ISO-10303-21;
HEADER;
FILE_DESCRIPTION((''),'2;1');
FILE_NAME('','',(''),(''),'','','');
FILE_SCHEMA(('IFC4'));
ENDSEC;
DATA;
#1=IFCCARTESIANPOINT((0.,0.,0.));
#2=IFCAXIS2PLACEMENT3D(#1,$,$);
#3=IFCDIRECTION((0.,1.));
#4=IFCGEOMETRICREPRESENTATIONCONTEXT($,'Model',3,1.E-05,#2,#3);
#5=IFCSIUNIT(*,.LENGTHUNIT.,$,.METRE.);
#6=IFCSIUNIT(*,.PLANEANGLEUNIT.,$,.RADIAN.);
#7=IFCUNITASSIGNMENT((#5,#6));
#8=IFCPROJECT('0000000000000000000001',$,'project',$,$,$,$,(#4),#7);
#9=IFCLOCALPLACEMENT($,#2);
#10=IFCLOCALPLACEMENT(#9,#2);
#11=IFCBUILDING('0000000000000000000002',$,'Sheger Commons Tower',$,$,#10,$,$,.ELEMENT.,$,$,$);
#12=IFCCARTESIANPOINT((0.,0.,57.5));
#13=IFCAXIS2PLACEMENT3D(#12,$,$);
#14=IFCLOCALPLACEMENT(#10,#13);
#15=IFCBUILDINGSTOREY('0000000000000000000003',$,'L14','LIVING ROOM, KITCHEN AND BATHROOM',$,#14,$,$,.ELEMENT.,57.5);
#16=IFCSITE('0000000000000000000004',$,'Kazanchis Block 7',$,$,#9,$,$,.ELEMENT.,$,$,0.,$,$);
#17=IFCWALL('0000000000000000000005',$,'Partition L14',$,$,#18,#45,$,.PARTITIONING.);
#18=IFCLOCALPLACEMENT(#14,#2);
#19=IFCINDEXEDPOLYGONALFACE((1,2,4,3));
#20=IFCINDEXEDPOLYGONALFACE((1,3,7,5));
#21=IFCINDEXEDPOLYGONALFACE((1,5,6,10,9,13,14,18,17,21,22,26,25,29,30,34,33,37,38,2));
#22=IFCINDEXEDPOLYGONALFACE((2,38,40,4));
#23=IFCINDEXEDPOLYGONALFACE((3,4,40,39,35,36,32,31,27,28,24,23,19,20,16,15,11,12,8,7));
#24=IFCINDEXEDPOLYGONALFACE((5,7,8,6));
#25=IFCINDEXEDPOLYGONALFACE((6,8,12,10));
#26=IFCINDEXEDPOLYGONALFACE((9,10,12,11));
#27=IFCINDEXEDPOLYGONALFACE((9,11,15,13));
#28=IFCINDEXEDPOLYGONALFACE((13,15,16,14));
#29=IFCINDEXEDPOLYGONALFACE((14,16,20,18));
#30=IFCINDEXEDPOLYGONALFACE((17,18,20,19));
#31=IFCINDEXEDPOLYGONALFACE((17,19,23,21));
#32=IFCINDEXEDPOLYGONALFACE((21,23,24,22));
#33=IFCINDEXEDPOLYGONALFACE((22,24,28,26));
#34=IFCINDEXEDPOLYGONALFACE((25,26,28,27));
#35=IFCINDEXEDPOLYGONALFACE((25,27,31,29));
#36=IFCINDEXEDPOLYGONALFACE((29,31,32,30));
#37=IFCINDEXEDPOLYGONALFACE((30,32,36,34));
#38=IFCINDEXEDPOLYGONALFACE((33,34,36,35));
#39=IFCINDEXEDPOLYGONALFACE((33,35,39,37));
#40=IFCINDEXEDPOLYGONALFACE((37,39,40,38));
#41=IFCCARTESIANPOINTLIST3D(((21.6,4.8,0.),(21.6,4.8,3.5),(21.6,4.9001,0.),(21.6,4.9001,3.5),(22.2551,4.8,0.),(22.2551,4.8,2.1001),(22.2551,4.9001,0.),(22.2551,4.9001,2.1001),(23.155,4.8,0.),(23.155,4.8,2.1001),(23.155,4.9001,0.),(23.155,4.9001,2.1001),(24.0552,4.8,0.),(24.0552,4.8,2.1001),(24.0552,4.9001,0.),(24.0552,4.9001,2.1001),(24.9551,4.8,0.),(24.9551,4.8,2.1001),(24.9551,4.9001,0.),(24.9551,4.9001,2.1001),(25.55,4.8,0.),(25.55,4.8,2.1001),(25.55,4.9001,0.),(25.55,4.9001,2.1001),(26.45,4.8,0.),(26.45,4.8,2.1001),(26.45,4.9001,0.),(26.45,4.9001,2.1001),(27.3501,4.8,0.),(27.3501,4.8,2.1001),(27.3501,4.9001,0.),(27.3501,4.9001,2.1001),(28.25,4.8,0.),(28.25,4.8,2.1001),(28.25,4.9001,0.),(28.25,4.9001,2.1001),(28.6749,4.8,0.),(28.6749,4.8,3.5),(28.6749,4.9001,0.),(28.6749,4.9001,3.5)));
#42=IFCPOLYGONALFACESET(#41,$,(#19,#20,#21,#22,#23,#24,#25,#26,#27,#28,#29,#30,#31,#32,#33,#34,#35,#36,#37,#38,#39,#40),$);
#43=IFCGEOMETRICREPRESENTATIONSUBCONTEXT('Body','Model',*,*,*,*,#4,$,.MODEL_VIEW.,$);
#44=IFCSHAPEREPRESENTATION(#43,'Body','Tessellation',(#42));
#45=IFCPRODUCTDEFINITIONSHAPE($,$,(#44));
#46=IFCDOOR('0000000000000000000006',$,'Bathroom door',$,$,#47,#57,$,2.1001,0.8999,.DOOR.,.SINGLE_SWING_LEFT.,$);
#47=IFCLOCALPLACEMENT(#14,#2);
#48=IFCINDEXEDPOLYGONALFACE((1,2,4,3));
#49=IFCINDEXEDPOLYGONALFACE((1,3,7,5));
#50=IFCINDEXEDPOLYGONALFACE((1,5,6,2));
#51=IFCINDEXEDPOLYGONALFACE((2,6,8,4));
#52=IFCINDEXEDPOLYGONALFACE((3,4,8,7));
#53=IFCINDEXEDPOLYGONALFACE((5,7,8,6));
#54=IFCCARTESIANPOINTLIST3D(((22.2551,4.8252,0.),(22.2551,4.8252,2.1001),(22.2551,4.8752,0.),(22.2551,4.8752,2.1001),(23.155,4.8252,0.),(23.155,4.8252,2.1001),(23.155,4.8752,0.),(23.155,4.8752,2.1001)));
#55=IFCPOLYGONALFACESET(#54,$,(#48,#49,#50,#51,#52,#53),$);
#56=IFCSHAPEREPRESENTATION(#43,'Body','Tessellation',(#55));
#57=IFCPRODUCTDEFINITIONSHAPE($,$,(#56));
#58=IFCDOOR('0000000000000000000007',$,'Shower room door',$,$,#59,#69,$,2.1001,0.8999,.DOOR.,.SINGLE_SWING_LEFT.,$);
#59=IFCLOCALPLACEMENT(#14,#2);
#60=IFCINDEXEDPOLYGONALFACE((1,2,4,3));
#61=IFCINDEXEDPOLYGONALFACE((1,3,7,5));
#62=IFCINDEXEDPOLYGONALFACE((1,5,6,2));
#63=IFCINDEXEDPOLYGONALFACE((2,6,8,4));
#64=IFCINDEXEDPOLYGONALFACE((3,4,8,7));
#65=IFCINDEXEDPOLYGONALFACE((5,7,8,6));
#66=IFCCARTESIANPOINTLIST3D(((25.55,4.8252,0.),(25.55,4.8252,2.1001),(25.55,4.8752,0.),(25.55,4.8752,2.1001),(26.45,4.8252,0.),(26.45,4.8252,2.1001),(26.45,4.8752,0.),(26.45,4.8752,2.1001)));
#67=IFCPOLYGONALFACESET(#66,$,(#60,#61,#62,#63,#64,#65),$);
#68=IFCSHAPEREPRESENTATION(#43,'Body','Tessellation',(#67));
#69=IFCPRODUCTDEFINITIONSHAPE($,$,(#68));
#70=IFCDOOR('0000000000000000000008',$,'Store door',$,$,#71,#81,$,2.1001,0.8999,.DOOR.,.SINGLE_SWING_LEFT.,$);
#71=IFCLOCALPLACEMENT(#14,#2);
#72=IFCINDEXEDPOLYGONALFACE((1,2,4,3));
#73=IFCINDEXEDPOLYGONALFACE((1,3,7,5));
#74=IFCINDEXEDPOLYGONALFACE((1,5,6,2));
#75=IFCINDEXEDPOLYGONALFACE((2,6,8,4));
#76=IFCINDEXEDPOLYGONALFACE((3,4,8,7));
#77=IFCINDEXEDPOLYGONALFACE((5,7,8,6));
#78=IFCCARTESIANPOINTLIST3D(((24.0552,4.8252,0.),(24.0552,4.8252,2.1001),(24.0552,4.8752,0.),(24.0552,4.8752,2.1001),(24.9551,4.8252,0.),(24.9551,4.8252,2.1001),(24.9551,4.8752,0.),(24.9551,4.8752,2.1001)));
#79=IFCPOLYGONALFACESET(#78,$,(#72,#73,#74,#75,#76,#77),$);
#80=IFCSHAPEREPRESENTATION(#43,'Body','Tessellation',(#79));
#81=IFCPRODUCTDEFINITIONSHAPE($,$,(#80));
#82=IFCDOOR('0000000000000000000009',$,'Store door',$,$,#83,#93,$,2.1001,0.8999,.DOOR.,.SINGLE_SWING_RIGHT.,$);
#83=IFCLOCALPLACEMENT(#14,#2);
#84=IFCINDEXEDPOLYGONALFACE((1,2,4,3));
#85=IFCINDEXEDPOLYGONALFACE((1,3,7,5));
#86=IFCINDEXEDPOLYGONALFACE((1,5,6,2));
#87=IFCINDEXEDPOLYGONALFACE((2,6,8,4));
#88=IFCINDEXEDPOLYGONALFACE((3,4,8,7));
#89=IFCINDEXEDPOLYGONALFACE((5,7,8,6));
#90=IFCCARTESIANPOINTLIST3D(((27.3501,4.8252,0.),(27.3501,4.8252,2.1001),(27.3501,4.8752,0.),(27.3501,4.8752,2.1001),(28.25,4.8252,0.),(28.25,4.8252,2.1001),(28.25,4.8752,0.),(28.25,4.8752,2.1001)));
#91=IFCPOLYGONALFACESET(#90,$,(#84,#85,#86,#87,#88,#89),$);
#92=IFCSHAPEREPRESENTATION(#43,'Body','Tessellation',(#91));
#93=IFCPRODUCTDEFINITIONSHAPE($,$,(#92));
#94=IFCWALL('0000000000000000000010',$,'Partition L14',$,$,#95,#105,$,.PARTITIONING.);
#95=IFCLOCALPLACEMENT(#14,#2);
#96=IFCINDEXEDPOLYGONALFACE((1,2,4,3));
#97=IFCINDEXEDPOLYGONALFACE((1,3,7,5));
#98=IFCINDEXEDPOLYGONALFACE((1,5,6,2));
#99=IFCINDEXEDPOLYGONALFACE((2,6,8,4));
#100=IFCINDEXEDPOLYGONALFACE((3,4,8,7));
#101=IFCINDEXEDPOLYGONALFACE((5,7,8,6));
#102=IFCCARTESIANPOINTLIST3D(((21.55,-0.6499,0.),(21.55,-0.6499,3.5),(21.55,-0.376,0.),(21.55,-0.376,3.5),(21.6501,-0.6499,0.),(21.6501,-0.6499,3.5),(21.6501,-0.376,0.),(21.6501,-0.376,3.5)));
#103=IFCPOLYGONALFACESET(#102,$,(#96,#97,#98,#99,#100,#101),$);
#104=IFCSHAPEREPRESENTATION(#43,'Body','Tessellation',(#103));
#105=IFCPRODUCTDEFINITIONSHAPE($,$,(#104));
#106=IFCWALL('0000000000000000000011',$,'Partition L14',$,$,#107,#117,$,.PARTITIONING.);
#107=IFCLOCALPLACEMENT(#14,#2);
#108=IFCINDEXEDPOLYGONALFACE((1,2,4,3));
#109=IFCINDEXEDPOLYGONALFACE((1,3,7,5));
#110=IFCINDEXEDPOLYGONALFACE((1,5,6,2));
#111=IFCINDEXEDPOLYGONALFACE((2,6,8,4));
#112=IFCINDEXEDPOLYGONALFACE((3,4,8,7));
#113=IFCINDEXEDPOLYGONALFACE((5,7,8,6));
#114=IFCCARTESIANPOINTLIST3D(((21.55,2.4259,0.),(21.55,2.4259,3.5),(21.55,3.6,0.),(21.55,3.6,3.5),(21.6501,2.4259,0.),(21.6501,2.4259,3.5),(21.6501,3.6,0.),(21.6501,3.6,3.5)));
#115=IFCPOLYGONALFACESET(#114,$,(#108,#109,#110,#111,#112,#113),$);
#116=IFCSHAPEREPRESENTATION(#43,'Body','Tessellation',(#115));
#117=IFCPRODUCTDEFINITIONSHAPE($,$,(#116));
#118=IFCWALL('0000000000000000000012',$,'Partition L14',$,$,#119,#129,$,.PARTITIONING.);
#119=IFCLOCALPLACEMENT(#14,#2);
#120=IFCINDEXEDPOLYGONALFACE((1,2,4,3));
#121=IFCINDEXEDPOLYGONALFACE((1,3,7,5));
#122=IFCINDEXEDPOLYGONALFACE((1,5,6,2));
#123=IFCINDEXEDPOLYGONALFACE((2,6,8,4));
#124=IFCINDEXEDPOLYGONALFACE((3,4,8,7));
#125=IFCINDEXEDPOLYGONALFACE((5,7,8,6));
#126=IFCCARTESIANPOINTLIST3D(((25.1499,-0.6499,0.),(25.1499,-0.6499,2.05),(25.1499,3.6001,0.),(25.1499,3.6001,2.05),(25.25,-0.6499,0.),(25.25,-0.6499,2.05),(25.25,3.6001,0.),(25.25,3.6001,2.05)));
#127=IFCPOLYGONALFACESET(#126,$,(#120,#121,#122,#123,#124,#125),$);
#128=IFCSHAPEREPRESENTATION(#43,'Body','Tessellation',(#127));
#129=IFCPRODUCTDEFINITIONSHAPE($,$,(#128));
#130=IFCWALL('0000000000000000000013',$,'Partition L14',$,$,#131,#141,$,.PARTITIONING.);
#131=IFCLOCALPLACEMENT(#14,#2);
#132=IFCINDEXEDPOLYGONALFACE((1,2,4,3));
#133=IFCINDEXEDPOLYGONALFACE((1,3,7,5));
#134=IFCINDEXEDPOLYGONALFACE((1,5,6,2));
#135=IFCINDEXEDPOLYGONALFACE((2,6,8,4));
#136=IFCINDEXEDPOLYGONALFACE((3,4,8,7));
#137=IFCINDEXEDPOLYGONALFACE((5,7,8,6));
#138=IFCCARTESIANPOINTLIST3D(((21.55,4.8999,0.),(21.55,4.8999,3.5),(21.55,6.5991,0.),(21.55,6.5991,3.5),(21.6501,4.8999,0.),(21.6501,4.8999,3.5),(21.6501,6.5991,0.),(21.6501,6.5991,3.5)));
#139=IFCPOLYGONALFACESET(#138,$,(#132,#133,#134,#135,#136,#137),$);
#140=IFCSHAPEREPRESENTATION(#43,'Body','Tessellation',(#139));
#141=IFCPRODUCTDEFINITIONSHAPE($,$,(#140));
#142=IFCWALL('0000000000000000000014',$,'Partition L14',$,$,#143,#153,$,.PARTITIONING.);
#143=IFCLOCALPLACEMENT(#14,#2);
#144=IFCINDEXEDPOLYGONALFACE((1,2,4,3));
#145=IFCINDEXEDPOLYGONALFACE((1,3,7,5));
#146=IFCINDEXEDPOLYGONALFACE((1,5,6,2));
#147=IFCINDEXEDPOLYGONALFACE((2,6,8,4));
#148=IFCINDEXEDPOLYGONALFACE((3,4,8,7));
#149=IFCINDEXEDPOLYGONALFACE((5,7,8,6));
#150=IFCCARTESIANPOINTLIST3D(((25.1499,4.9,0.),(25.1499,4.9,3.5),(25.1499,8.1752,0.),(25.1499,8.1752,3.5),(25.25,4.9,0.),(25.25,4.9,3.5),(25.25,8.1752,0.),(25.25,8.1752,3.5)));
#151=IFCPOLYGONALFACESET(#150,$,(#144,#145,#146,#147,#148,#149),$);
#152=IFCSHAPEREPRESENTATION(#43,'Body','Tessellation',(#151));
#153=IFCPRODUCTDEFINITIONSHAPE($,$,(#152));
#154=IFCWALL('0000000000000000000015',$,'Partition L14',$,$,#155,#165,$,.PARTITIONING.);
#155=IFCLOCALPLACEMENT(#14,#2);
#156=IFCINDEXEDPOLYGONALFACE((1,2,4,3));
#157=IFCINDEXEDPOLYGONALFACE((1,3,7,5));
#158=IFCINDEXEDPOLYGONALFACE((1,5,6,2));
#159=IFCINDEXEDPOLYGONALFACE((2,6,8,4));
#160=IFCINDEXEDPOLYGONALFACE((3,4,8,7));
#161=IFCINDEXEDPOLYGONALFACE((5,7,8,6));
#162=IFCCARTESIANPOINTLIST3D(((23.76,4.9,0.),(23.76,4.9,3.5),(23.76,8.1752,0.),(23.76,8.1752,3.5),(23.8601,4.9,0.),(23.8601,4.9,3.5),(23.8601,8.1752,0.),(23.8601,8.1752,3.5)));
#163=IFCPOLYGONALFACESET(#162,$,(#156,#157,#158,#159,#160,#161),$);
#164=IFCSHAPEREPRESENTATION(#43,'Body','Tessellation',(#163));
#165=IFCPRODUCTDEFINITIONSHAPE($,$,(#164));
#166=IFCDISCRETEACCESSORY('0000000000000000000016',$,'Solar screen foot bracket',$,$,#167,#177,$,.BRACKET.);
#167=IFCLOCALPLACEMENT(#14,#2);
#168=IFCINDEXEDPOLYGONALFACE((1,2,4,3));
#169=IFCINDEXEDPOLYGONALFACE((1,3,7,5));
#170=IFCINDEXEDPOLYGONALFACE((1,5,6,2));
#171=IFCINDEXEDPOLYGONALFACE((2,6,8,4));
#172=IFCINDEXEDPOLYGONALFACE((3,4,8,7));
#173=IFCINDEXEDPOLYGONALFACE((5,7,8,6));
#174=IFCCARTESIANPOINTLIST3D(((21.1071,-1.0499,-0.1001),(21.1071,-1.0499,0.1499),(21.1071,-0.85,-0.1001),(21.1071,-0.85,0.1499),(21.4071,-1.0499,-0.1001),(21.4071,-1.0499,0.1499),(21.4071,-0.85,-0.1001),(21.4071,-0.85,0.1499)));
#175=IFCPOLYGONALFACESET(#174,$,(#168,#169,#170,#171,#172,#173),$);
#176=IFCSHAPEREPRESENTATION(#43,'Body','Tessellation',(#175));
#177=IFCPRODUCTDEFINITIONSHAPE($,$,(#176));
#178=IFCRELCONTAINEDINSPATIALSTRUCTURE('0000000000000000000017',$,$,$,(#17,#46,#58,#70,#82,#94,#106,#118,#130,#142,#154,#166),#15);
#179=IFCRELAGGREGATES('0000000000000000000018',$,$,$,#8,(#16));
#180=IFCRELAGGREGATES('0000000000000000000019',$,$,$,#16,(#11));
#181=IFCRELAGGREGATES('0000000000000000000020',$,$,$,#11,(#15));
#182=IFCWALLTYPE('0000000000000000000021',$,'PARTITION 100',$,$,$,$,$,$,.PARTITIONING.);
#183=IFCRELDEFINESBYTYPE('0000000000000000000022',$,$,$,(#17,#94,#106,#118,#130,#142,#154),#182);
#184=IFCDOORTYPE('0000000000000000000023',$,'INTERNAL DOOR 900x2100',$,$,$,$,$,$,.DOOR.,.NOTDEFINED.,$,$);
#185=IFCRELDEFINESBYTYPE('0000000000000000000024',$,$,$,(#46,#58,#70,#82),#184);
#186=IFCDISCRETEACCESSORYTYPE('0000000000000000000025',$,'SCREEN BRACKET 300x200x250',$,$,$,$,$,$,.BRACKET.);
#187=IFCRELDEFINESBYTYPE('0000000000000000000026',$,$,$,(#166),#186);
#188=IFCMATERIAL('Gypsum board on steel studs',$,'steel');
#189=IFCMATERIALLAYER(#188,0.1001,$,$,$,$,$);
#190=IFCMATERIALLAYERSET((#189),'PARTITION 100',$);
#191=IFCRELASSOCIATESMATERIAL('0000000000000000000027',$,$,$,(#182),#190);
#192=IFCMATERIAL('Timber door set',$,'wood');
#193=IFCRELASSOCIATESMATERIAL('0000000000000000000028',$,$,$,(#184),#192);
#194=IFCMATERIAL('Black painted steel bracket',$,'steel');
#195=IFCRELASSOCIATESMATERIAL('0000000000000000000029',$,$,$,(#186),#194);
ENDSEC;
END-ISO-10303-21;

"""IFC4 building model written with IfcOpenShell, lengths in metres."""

from ifc_helpers import new_model, si_unit, direction, frame, frame_2d, origin, origin_2d, place, context, subcontext, project, spatial, rectangle, extrude, material, layer, layer_set, type_object, element, fill, save


model = new_model("IFC4")

# Units and contexts
model_context = context("Model", 3, precision=1e-05, world=origin(), true_north=direction((0.0, 1.0)))
body_context = subcontext(model_context, "Body", "Model", "MODEL_VIEW")
ifc_project = project(units=[si_unit("LENGTHUNIT", "METRE"), si_unit("PLANEANGLEUNIT", "RADIAN")], contexts=[model_context])

# Site, building, storey
site_placement = place(None, origin())
site = spatial("IfcSite", under=ifc_project, at=site_placement, Name="Kazanchis Block 7", CompositionType="ELEMENT", RefElevation=0.0)
building_placement = place(site_placement, origin())
building = spatial("IfcBuilding", under=site, at=building_placement, Name="Sheger Commons Tower", CompositionType="ELEMENT")
storey_placement = place(building_placement, frame((0.0, 0.0, 57.5)))
storey = spatial("IfcBuildingStorey", under=building, at=storey_placement, Name="L14", Description="LIVING ROOM, KITCHEN AND BATHROOM", CompositionType="ELEMENT", Elevation=57.5)

# Wall, openings, doors
ifc_material_1 = material(Name="Gypsum board on steel studs", Category="steel")
ifc_layer_1 = layer(ifc_material_1, 0.1001)
ifc_layer_set_1 = layer_set([ifc_layer_1], Name="PARTITION 100")
wall_type = type_object("IfcWallType", Name="PARTITION 100", PredefinedType="PARTITIONING", material=ifc_layer_set_1)
ifc_material_2 = material(Name="Timber door set", Category="wood")
door_type = type_object("IfcDoorType", Name="INTERNAL DOOR 900x2100", OperationType="NOTDEFINED", PredefinedType="DOOR", material=ifc_material_2)
wall_1_placement = place(storey_placement, frame((28.675, 4.8501, 0.0), z_axis=(0.0, 0.0, 1.0), x_axis=(-1.0, 0.0, 0.0)))
wall_1 = element("IfcWall", 1, at=wall_1_placement, inside=storey, type_object=wall_type, Name="Partition L14", PredefinedType="PARTITIONING", context=body_context, shape_type="SweptSolid", body=[
    extrude(rectangle(XDim=7.075, YDim=0.1001, at=frame_2d((3.5376, 0.0))), origin(), (0.0, 0.0, 1.0), 3.5),
])
opening_1_placement = place(wall_1_placement, frame((5.52, 0.0, 0.0)))
opening_1 = element("IfcOpeningElement", 2, at=opening_1_placement, cuts=wall_1, PredefinedType="OPENING", context=body_context, shape_type="SweptSolid", body=[
    extrude(rectangle(XDim=0.8999, YDim=2.1001, at=frame_2d((0.45, 1.05))), frame((0.0, 0.0601, 0.0), z_axis=(0.0, -1.0, 0.0), x_axis=(1.0, 0.0, 0.0)), (0.0, 0.0, 1.0), 0.1201),
])
opening_2_placement = place(wall_1_placement, frame((2.2251, 0.0, 0.0)))
opening_2 = element("IfcOpeningElement", 3, at=opening_2_placement, cuts=wall_1, PredefinedType="OPENING", context=body_context, shape_type="SweptSolid", body=[
    extrude(rectangle(XDim=0.8999, YDim=2.1001, at=frame_2d((0.45, 1.05))), frame((0.0, 0.0601, 0.0), z_axis=(0.0, -1.0, 0.0), x_axis=(1.0, 0.0, 0.0)), (0.0, 0.0, 1.0), 0.1201),
])
opening_3_placement = place(wall_1_placement, frame((3.72, 0.0, 0.0)))
opening_3 = element("IfcOpeningElement", 4, at=opening_3_placement, cuts=wall_1, PredefinedType="OPENING", context=body_context, shape_type="SweptSolid", body=[
    extrude(rectangle(XDim=0.8999, YDim=2.1001, at=frame_2d((0.45, 1.05))), frame((0.0, 0.0601, 0.0), z_axis=(0.0, -1.0, 0.0), x_axis=(1.0, 0.0, 0.0)), (0.0, 0.0, 1.0), 0.1201),
])
opening_4_placement = place(wall_1_placement, frame((0.425, 0.0, 0.0)))
opening_4 = element("IfcOpeningElement", 5, at=opening_4_placement, cuts=wall_1, PredefinedType="OPENING", context=body_context, shape_type="SweptSolid", body=[
    extrude(rectangle(XDim=0.8999, YDim=2.1001, at=frame_2d((0.45, 1.05))), frame((0.0, 0.0601, 0.0), z_axis=(0.0, -1.0, 0.0), x_axis=(1.0, 0.0, 0.0)), (0.0, 0.0, 1.0), 0.1201),
])
door_1_placement = place(opening_1_placement, origin())
door_1 = element("IfcDoor", 6, at=door_1_placement, inside=storey, type_object=door_type, Name="Bathroom door", OperationType="SINGLE_SWING_LEFT", OverallHeight=2.1001, OverallWidth=0.8999, PredefinedType="DOOR", context=body_context, shape_type="SweptSolid", body=[
    extrude(rectangle(XDim=0.8999, YDim=2.1001, at=frame_2d((0.45, 1.05))), frame((0.0, 0.0249, 0.0), z_axis=(0.0, -1.0, 0.0), x_axis=(1.0, 0.0, 0.0)), (0.0, 0.0, 1.0), 0.05),
])
fill(opening_1, door_1)
door_2_placement = place(opening_2_placement, origin())
door_2 = element("IfcDoor", 7, at=door_2_placement, inside=storey, type_object=door_type, Name="Shower room door", OperationType="SINGLE_SWING_LEFT", OverallHeight=2.1001, OverallWidth=0.8999, PredefinedType="DOOR", context=body_context, shape_type="SweptSolid", body=[
    extrude(rectangle(XDim=0.8999, YDim=2.1001, at=frame_2d((0.45, 1.05))), frame((0.0, 0.0249, 0.0), z_axis=(0.0, -1.0, 0.0), x_axis=(1.0, 0.0, 0.0)), (0.0, 0.0, 1.0), 0.05),
])
fill(opening_2, door_2)
door_3_placement = place(opening_3_placement, origin())
door_3 = element("IfcDoor", 8, at=door_3_placement, inside=storey, type_object=door_type, Name="Store door", OperationType="SINGLE_SWING_LEFT", OverallHeight=2.1001, OverallWidth=0.8999, PredefinedType="DOOR", context=body_context, shape_type="SweptSolid", body=[
    extrude(rectangle(XDim=0.8999, YDim=2.1001, at=frame_2d((0.45, 1.05))), frame((0.0, 0.0249, 0.0), z_axis=(0.0, -1.0, 0.0), x_axis=(1.0, 0.0, 0.0)), (0.0, 0.0, 1.0), 0.05),
])
fill(opening_3, door_3)
door_4_placement = place(opening_4_placement, origin())
door_4 = element("IfcDoor", 9, at=door_4_placement, inside=storey, type_object=door_type, Name="Store door", OperationType="SINGLE_SWING_RIGHT", OverallHeight=2.1001, OverallWidth=0.8999, PredefinedType="DOOR", context=body_context, shape_type="SweptSolid", body=[
    extrude(rectangle(XDim=0.8999, YDim=2.1001, at=frame_2d((0.45, 1.05))), frame((0.0, 0.0249, 0.0), z_axis=(0.0, -1.0, 0.0), x_axis=(1.0, 0.0, 0.0)), (0.0, 0.0, 1.0), 0.05),
])
fill(opening_4, door_4)

# Walls
wall_2_placement = place(storey_placement, frame((21.6001, -0.6499, 0.0), z_axis=(0.0, 0.0, 1.0), x_axis=(0.0, 1.0, 0.0)))
element("IfcWall", 10, at=wall_2_placement, inside=storey, type_object=wall_type, Name="Partition L14", PredefinedType="PARTITIONING", context=body_context, shape_type="SweptSolid", body=[
    extrude(rectangle(XDim=0.2739, YDim=0.1001, at=frame_2d((0.137, 0.0))), origin(), (0.0, 0.0, 1.0), 3.5),
])
wall_3_placement = place(storey_placement, frame((21.6001, 2.426, 0.0), z_axis=(0.0, 0.0, 1.0), x_axis=(0.0, 1.0, 0.0)))
element("IfcWall", 11, at=wall_3_placement, inside=storey, type_object=wall_type, Name="Partition L14", PredefinedType="PARTITIONING", context=body_context, shape_type="SweptSolid", body=[
    extrude(rectangle(XDim=1.1741, YDim=0.1001, at=frame_2d((0.5869, 0.0))), origin(), (0.0, 0.0, 1.0), 3.5),
])
wall_4_placement = place(storey_placement, frame((25.2, -0.6499, 0.0), z_axis=(0.0, 0.0, 1.0), x_axis=(0.0, 1.0, 0.0)))
element("IfcWall", 12, at=wall_4_placement, inside=storey, type_object=wall_type, Name="Partition L14", PredefinedType="PARTITIONING", context=body_context, shape_type="SweptSolid", body=[
    extrude(rectangle(XDim=4.25, YDim=0.1001, at=frame_2d((2.125, 0.0))), origin(), (0.0, 0.0, 1.0), 2.05),
])
wall_5_placement = place(storey_placement, frame((21.6001, 4.8999, 0.0), z_axis=(0.0, 0.0, 1.0), x_axis=(0.0, 1.0, 0.0)))
element("IfcWall", 13, at=wall_5_placement, inside=storey, type_object=wall_type, Name="Partition L14", PredefinedType="PARTITIONING", context=body_context, shape_type="SweptSolid", body=[
    extrude(rectangle(XDim=1.6992, YDim=0.1001, at=frame_2d((0.8496, 0.0))), origin(), (0.0, 0.0, 1.0), 3.5),
])
for number, where, z_axis, x_axis, name in (
    (14, (25.2, 4.8999, 0.0), (0.0, 0.0, 1.0), (0.0, 1.0, 0.0), "Partition L14"),
    (15, (23.8101, 4.8999, 0.0), (0.0, 0.0, 1.0), (0.0, 1.0, 0.0), "Partition L14"),
):
    element("IfcWall", number, at=place(storey_placement, frame(where, z_axis=z_axis, x_axis=x_axis)), inside=storey, type_object=wall_type, Name=name, PredefinedType="PARTITIONING", context=body_context, shape_type="SweptSolid", body=[
        extrude(rectangle(XDim=3.2751, YDim=0.1001, at=frame_2d((1.6377, 0.0))), origin(), (0.0, 0.0, 1.0), 3.5),
    ])

# Discrete accessory
ifc_material_3 = material(Name="Black painted steel bracket", Category="steel")
discrete_accessory_type = type_object("IfcDiscreteAccessoryType", Name="SCREEN BRACKET 300x200x250", PredefinedType="BRACKET", material=ifc_material_3)
for number, where, z_axis, x_axis, name in (
    (16, (21.2571, -0.95, -0.1001), (0.0, 0.0, 1.0), (1.0, 0.0, 0.0), "Solar screen foot bracket"),
):
    element("IfcDiscreteAccessory", number, at=place(storey_placement, frame(where, z_axis=z_axis, x_axis=x_axis)), inside=storey, type_object=discrete_accessory_type, Name=name, PredefinedType="BRACKET", context=body_context, shape_type="SweptSolid", body=[
        extrude(rectangle(XDim=0.3, YDim=0.2, at=origin_2d()), origin(), (0.0, 0.0, 1.0), 0.25),
    ])

save(model, "model.ifc")
